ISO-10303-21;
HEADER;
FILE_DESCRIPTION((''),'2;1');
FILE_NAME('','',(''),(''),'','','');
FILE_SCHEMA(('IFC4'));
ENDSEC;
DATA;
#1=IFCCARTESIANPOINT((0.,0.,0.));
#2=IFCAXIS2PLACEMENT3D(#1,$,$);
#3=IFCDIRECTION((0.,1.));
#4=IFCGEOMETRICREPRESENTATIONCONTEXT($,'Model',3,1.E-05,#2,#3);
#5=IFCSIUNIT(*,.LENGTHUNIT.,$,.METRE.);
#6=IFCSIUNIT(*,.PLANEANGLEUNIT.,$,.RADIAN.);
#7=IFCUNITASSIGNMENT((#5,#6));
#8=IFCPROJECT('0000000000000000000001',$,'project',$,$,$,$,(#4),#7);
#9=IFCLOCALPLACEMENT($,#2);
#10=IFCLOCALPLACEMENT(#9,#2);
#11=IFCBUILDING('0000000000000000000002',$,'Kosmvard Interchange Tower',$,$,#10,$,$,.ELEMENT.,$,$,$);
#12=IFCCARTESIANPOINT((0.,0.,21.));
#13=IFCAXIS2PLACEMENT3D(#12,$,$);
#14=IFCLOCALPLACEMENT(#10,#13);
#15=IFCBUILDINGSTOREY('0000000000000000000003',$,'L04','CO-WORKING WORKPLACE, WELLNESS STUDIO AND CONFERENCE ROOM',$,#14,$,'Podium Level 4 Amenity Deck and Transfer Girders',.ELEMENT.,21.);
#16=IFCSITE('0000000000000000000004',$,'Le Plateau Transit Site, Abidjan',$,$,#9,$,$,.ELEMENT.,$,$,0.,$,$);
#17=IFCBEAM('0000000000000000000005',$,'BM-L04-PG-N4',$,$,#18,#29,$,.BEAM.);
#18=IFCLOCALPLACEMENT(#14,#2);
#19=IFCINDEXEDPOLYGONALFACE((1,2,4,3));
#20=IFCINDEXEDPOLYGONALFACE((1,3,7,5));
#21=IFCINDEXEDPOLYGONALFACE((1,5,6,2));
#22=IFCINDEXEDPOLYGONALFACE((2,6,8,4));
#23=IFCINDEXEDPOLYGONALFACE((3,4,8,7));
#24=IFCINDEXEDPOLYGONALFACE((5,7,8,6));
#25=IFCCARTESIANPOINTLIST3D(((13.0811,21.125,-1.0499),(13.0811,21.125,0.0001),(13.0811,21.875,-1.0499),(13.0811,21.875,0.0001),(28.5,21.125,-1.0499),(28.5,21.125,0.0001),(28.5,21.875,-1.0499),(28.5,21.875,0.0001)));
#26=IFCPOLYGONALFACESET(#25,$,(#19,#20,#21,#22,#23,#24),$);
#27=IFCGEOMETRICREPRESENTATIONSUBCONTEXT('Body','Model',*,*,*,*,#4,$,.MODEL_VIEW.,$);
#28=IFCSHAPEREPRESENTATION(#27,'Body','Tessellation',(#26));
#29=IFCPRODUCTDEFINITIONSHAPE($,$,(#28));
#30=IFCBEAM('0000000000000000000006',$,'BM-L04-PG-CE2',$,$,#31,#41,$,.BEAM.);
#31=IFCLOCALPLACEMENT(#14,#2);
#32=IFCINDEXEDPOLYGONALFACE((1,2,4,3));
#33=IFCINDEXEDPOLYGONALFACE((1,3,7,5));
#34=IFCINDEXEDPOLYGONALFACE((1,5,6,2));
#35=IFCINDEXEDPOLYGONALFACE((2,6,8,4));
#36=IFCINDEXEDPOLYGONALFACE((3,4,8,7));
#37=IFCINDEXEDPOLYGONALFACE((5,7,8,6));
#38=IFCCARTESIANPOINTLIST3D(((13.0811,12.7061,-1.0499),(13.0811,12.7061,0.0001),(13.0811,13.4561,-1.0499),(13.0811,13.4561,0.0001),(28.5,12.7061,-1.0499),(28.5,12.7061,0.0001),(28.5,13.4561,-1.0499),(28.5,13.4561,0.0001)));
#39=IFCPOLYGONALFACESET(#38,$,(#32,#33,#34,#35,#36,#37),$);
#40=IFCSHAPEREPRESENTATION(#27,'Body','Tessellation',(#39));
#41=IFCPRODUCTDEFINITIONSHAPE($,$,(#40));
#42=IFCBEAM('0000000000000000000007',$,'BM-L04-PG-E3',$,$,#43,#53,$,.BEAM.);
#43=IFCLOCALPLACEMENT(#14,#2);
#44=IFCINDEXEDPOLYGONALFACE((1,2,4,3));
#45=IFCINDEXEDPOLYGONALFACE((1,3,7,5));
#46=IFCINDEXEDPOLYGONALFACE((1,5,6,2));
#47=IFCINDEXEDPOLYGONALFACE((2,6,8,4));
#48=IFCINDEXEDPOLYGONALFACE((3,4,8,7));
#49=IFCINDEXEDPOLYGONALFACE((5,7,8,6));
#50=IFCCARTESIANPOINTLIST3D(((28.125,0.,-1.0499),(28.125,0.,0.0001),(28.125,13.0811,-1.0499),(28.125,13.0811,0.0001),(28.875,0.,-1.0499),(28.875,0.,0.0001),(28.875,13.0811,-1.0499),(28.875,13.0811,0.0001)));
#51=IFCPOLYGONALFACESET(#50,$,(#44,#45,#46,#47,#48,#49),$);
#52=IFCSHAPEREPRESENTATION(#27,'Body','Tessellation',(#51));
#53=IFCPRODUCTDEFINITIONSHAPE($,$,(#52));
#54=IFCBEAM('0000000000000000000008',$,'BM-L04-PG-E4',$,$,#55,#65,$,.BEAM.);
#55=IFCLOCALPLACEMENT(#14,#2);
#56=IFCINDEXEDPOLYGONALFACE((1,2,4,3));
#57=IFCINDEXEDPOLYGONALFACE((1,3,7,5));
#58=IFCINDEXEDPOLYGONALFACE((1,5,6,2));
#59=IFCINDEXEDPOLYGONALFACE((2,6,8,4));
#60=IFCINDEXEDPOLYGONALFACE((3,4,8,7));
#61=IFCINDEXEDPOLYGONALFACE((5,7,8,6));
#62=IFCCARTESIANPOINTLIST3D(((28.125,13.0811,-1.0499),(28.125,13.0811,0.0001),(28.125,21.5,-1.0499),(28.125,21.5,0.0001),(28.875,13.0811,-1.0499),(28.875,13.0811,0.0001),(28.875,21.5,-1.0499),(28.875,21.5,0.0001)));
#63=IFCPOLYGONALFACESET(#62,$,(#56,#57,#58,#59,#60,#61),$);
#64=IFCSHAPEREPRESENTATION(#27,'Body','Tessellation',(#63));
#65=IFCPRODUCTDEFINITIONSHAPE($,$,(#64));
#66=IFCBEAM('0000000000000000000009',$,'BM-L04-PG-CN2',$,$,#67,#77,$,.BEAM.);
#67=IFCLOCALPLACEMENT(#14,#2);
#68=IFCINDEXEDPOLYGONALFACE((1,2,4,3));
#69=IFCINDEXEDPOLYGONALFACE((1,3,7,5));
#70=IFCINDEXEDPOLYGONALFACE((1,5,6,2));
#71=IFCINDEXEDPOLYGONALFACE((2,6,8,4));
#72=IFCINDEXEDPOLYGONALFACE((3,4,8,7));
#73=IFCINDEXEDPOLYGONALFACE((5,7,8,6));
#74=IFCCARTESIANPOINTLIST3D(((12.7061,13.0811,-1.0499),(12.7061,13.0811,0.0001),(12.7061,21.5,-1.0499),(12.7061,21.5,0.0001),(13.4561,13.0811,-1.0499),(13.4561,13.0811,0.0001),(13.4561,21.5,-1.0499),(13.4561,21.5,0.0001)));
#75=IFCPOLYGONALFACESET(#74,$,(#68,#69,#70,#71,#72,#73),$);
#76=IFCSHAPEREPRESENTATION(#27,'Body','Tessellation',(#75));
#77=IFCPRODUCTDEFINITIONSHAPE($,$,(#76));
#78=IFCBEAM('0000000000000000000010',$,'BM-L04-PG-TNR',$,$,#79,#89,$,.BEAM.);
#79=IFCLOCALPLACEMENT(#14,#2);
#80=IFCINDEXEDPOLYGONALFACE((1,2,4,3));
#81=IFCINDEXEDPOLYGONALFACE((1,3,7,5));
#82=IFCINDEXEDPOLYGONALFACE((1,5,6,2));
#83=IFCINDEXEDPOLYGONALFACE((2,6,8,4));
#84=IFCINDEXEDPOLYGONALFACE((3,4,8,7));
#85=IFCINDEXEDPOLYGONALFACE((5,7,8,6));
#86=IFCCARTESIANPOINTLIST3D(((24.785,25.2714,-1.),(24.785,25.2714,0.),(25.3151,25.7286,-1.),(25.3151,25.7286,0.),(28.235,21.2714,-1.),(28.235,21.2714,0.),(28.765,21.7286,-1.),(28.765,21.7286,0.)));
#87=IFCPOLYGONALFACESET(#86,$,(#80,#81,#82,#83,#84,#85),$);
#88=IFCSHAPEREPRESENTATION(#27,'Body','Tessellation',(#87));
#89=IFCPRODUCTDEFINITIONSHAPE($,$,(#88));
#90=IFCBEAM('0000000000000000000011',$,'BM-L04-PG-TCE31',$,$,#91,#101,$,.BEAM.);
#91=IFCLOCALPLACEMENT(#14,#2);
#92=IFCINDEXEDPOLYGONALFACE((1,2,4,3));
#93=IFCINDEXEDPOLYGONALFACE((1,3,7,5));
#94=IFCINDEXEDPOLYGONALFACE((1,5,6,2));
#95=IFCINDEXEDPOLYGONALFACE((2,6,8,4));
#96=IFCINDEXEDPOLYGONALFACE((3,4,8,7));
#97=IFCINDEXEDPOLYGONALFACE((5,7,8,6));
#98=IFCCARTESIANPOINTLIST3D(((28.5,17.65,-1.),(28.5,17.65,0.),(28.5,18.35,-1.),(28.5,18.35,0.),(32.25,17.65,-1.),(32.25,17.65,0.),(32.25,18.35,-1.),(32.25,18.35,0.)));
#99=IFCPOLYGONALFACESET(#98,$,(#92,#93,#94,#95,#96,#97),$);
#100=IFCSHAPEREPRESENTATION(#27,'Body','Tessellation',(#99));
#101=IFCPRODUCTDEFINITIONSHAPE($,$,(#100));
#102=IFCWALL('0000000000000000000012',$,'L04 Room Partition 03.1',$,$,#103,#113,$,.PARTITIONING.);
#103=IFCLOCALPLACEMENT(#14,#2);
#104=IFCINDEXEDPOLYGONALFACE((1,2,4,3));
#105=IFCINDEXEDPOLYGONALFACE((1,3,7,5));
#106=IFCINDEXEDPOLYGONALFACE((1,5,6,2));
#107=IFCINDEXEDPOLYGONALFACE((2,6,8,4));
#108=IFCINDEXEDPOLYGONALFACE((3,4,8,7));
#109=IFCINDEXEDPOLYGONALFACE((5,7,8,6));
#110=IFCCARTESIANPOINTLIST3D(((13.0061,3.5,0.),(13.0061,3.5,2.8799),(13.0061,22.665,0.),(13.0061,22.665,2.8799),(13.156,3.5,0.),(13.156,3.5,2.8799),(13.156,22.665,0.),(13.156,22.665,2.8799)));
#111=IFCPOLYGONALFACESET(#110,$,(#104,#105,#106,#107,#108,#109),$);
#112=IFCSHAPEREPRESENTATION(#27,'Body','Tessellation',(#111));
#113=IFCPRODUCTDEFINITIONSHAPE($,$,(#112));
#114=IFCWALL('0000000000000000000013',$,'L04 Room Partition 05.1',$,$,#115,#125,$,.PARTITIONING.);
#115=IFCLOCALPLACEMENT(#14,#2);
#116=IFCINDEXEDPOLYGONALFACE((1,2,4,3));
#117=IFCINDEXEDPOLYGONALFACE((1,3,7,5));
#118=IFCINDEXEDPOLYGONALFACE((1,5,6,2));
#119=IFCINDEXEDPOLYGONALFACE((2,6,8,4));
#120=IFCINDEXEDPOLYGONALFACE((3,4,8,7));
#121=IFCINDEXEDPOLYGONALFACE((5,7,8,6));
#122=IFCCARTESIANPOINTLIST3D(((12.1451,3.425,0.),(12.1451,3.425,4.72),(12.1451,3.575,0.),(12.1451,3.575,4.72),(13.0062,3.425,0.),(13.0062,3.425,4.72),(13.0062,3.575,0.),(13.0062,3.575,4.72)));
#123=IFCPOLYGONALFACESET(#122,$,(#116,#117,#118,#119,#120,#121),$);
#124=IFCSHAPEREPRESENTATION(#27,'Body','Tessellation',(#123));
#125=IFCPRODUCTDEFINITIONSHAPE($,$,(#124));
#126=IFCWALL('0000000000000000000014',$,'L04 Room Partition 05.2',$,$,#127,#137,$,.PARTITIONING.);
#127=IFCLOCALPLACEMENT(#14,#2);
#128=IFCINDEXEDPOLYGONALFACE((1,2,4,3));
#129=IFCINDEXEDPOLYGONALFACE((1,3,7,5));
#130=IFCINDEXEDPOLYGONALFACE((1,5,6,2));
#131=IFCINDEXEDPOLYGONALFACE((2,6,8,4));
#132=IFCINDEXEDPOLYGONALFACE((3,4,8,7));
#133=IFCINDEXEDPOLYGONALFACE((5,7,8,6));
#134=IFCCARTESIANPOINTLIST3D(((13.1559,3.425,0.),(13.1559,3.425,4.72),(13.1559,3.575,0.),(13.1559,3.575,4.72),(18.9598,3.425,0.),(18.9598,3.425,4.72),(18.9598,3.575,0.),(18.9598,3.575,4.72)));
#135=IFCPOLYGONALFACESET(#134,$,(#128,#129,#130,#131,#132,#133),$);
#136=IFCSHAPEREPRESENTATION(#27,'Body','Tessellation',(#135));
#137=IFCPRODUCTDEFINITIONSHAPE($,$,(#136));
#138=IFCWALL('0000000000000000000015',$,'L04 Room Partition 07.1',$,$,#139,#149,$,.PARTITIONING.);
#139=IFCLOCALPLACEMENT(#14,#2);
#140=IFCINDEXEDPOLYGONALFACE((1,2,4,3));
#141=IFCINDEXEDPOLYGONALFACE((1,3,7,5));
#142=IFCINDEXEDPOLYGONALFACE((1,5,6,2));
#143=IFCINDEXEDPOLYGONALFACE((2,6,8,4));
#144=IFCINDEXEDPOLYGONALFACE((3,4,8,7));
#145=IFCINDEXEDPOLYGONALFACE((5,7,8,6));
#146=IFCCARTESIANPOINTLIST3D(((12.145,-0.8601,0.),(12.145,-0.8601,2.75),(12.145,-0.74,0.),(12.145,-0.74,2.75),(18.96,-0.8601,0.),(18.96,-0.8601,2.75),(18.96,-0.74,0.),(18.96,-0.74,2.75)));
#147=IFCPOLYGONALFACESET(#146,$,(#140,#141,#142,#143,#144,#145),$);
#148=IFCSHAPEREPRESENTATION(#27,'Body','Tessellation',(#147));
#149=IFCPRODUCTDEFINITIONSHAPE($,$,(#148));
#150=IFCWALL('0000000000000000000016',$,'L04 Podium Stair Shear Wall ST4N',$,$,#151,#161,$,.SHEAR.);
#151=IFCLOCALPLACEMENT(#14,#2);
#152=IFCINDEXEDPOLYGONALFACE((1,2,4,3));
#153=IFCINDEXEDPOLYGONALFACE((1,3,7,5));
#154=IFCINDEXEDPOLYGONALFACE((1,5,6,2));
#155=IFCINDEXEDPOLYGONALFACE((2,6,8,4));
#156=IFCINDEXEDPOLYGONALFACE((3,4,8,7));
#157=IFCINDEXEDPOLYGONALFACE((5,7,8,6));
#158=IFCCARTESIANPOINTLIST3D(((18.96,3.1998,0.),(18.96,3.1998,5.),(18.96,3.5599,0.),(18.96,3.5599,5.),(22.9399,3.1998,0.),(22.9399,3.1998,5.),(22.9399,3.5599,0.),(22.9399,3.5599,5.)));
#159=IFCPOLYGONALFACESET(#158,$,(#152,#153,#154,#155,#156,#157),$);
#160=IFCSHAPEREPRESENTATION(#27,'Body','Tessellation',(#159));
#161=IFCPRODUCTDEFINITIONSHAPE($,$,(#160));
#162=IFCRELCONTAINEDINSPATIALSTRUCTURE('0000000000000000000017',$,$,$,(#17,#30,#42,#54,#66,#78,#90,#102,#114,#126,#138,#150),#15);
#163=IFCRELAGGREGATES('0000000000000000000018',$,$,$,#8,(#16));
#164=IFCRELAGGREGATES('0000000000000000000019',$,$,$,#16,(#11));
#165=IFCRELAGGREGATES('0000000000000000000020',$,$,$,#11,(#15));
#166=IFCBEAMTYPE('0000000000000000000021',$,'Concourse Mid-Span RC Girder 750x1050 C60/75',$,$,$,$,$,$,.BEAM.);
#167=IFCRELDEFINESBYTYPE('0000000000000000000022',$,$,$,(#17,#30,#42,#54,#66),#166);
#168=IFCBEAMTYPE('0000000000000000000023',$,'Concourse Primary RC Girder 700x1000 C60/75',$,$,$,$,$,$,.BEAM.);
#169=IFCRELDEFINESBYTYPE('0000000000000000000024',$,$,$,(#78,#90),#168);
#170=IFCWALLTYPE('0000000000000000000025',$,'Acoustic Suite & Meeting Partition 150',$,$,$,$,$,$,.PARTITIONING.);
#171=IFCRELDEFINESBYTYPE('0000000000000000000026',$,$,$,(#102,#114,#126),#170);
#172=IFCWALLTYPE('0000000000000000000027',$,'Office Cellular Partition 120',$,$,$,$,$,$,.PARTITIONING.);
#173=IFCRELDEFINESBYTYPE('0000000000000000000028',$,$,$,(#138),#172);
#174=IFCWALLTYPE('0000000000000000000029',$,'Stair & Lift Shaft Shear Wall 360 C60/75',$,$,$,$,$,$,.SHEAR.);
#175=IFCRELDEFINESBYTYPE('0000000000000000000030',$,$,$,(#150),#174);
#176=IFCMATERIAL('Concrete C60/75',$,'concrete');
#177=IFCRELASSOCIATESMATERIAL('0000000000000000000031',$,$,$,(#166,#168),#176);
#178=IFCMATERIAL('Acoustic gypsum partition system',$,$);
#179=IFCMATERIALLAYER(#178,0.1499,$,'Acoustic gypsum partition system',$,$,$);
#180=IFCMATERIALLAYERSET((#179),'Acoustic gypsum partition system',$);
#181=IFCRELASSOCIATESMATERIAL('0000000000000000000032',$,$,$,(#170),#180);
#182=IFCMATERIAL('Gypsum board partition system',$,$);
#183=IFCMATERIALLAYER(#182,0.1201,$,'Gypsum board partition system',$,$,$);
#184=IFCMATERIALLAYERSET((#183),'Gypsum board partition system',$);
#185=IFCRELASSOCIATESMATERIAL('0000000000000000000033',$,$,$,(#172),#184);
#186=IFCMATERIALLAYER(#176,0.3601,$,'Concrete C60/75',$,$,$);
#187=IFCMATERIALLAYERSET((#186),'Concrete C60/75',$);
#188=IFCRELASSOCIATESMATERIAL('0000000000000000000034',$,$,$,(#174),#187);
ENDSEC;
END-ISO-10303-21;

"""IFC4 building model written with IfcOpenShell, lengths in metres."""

from ifc_helpers import new_model, si_unit, direction, frame, frame_2d, origin, origin_2d, place, context, subcontext, project, spatial, rectangle, extrude, source, transform, mapped, material, layer, layer_set, material_profile, profile_set, type_object, element, save


model = new_model("IFC4")

# Units and contexts
model_context = context("Model", 3, precision=1e-05, world=origin(), true_north=direction((0.0, 1.0)))
body_context = subcontext(model_context, "Body", "Model", "MODEL_VIEW")
ifc_project = project(units=[si_unit("LENGTHUNIT", "METRE"), si_unit("PLANEANGLEUNIT", "RADIAN")], contexts=[model_context])

# Site, building, storey
site_placement = place(None, origin())
site = spatial("IfcSite", under=ifc_project, at=site_placement, Name="Le Plateau Transit Site, Abidjan", CompositionType="ELEMENT", RefElevation=0.0)
building_placement = place(site_placement, origin())
building = spatial("IfcBuilding", under=site, at=building_placement, Name="Kosmvard Interchange Tower", CompositionType="ELEMENT")
storey_placement = place(building_placement, frame((0.0, 0.0, 21.0)))
storey = spatial("IfcBuildingStorey", under=building, at=storey_placement, Name="L04", Description="CO-WORKING WORKPLACE, WELLNESS STUDIO AND CONFERENCE ROOM", LongName="Podium Level 4 Amenity Deck and Transfer Girders", CompositionType="ELEMENT", Elevation=21.0)

# Shared definitions
ifc_material_1 = material(Name="Concrete C60/75", Category="concrete")

# Beams
ifc_material_profile_1 = material_profile(ifc_material_1, rectangle(XDim=0.75, YDim=1.05, at=origin_2d()), Name="RCG 750x1050")
ifc_profile_set_1 = profile_set([ifc_material_profile_1], Name="Concrete C60/75")
beam_type_1 = type_object("IfcBeamType", Name="Concourse Mid-Span RC Girder 750x1050 C60/75", PredefinedType="BEAM", material=ifc_profile_set_1)
shared_shape_1 = source(origin(), body_context, "Body", "SweptSolid", [
    extrude(rectangle(XDim=0.75, YDim=1.05, at=origin_2d()), origin(), (0.0, 0.0, 1.0), 15.4189),
])
for number, where, z_axis, x_axis, name in (
    (1, (13.0811, 21.5, -0.5249), (1.0, 0.0, 0.0), (0.0, 1.0, 0.0), "BM-L04-PG-N4"),
    (2, (28.5, 13.0811, -0.5249), (-1.0, 0.0, 0.0), (0.0, -1.0, 0.0), "BM-L04-PG-CE2"),
):
    element("IfcBeam", number, at=place(storey_placement, frame(where, z_axis=z_axis, x_axis=x_axis)), inside=storey, type_object=beam_type_1, Name=name, PredefinedType="BEAM", context=body_context, shape_type="MappedRepresentation", body=[
        mapped(shared_shape_1, transform((0.0, 0.0, 0.0), scale=1.0)),
    ])
shared_shape_2 = source(origin(), body_context, "Body", "SweptSolid", [
    extrude(rectangle(XDim=0.75, YDim=1.05, at=origin_2d()), origin(), (0.0, 0.0, 1.0), 13.0811),
])
beam_1_placement = place(storey_placement, frame((28.5, 0.0, -0.5249), z_axis=(0.0, 1.0, 0.0), x_axis=(-1.0, 0.0, 0.0)))
element("IfcBeam", 3, at=beam_1_placement, inside=storey, type_object=beam_type_1, Name="BM-L04-PG-E3", PredefinedType="BEAM", context=body_context, shape_type="MappedRepresentation", body=[
    mapped(shared_shape_2, transform((0.0, 0.0, 0.0), scale=1.0)),
])
shared_shape_3 = source(origin(), body_context, "Body", "SweptSolid", [
    extrude(rectangle(XDim=0.75, YDim=1.05, at=origin_2d()), origin(), (0.0, 0.0, 1.0), 8.4189),
])
for number, where, z_axis, x_axis, name in (
    (4, (28.5, 13.0811, -0.5249), (0.0, 1.0, 0.0), (-1.0, 0.0, 0.0), "BM-L04-PG-E4"),
    (5, (13.0811, 21.5, -0.5249), (0.0, -1.0, 0.0), (1.0, 0.0, 0.0), "BM-L04-PG-CN2"),
):
    element("IfcBeam", number, at=place(storey_placement, frame(where, z_axis=z_axis, x_axis=x_axis)), inside=storey, type_object=beam_type_1, Name=name, PredefinedType="BEAM", context=body_context, shape_type="MappedRepresentation", body=[
        mapped(shared_shape_3, transform((0.0, 0.0, 0.0), scale=1.0)),
    ])
ifc_material_profile_2 = material_profile(ifc_material_1, rectangle(XDim=0.7, YDim=1.0, at=origin_2d()), Name="RCG 700x1000")
ifc_profile_set_2 = profile_set([ifc_material_profile_2], Name="Concrete C60/75")
beam_type_2 = type_object("IfcBeamType", Name="Concourse Primary RC Girder 700x1000 C60/75", PredefinedType="BEAM", material=ifc_profile_set_2)
shared_shape_4 = source(origin(), body_context, "Body", "SweptSolid", [
    extrude(rectangle(XDim=0.7, YDim=1.0, at=origin_2d()), origin(), (0.0, 0.0, 1.0), 5.2822),
])
beam_2_placement = place(storey_placement, frame((25.05, 25.5, -0.5), z_axis=(0.653122, -0.757253, 0.0), x_axis=(0.757253, 0.653122, 0.0)))
element("IfcBeam", 6, at=beam_2_placement, inside=storey, type_object=beam_type_2, Name="BM-L04-PG-TNR", PredefinedType="BEAM", context=body_context, shape_type="MappedRepresentation", body=[
    mapped(shared_shape_4, transform((0.0, 0.0, 0.0), scale=1.0)),
])
shared_shape_5 = source(origin(), body_context, "Body", "SweptSolid", [
    extrude(rectangle(XDim=0.7, YDim=1.0, at=origin_2d()), origin(), (0.0, 0.0, 1.0), 3.75),
])
beam_3_placement = place(storey_placement, frame((28.5, 18.0, -0.5), z_axis=(1.0, 0.0, 0.0), x_axis=(0.0, 1.0, 0.0)))
element("IfcBeam", 7, at=beam_3_placement, inside=storey, type_object=beam_type_2, Name="BM-L04-PG-TCE31", PredefinedType="BEAM", context=body_context, shape_type="MappedRepresentation", body=[
    mapped(shared_shape_5, transform((0.0, 0.0, 0.0), scale=1.0)),
])

# Walls
ifc_material_2 = material(Name="Acoustic gypsum partition system")
ifc_layer_1 = layer(ifc_material_2, 0.1499, Name="Acoustic gypsum partition system")
ifc_layer_set_1 = layer_set([ifc_layer_1], Name="Acoustic gypsum partition system")
wall_type_1 = type_object("IfcWallType", Name="Acoustic Suite & Meeting Partition 150", PredefinedType="PARTITIONING", material=ifc_layer_set_1)
wall_1_placement = place(storey_placement, frame((13.0811, 3.5, 0.0), z_axis=(0.0, 0.0, 1.0), x_axis=(0.0, 1.0, 0.0)))
element("IfcWall", 8, at=wall_1_placement, inside=storey, type_object=wall_type_1, Name="L04 Room Partition 03.1", PredefinedType="PARTITIONING", context=body_context, shape_type="SweptSolid", body=[
    extrude(rectangle(XDim=19.165, YDim=0.1499, at=frame_2d((9.5825, 0.0))), origin(), (0.0, 0.0, 1.0), 2.8799),
])
wall_2_placement = place(storey_placement, frame((12.145, 3.5, 0.0), z_axis=(0.0, 0.0, 1.0), x_axis=(1.0, 0.0, 0.0)))
element("IfcWall", 9, at=wall_2_placement, inside=storey, type_object=wall_type_1, Name="L04 Room Partition 05.1", PredefinedType="PARTITIONING", context=body_context, shape_type="SweptSolid", body=[
    extrude(rectangle(XDim=0.8611, YDim=0.1499, at=frame_2d((0.4307, 0.0))), origin(), (0.0, 0.0, 1.0), 4.72),
])
wall_3_placement = place(storey_placement, frame((13.156, 3.5, 0.0), z_axis=(0.0, 0.0, 1.0), x_axis=(1.0, 0.0, 0.0)))
element("IfcWall", 10, at=wall_3_placement, inside=storey, type_object=wall_type_1, Name="L04 Room Partition 05.2", PredefinedType="PARTITIONING", context=body_context, shape_type="SweptSolid", body=[
    extrude(rectangle(XDim=5.804, YDim=0.1499, at=frame_2d((2.9019, 0.0))), origin(), (0.0, 0.0, 1.0), 4.72),
])
ifc_material_3 = material(Name="Gypsum board partition system")
ifc_layer_2 = layer(ifc_material_3, 0.1201, Name="Gypsum board partition system")
ifc_layer_set_2 = layer_set([ifc_layer_2], Name="Gypsum board partition system")
wall_type_2 = type_object("IfcWallType", Name="Office Cellular Partition 120", PredefinedType="PARTITIONING", material=ifc_layer_set_2)
wall_4_placement = place(storey_placement, frame((12.145, -0.8, 0.0), z_axis=(0.0, 0.0, 1.0), x_axis=(1.0, 0.0, 0.0)))
element("IfcWall", 11, at=wall_4_placement, inside=storey, type_object=wall_type_2, Name="L04 Room Partition 07.1", PredefinedType="PARTITIONING", context=body_context, shape_type="SweptSolid", body=[
    extrude(rectangle(XDim=6.8149, YDim=0.1201, at=frame_2d((3.4075, 0.0))), origin(), (0.0, 0.0, 1.0), 2.75),
])
ifc_layer_3 = layer(ifc_material_1, 0.3601, Name="Concrete C60/75")
ifc_layer_set_3 = layer_set([ifc_layer_3], Name="Concrete C60/75")
wall_type_3 = type_object("IfcWallType", Name="Stair & Lift Shaft Shear Wall 360 C60/75", PredefinedType="SHEAR", material=ifc_layer_set_3)
wall_5_placement = place(storey_placement, frame((18.96, 3.3799, 0.0), z_axis=(0.0, 0.0, 1.0), x_axis=(1.0, 0.0, 0.0)))
element("IfcWall", 12, at=wall_5_placement, inside=storey, type_object=wall_type_3, Name="L04 Podium Stair Shear Wall ST4N", PredefinedType="SHEAR", context=body_context, shape_type="SweptSolid", body=[
    extrude(rectangle(XDim=3.98, YDim=0.3601, at=frame_2d((1.99, 0.0))), origin(), (0.0, 0.0, 1.0), 5.0),
])

save(model, "model.ifc")
